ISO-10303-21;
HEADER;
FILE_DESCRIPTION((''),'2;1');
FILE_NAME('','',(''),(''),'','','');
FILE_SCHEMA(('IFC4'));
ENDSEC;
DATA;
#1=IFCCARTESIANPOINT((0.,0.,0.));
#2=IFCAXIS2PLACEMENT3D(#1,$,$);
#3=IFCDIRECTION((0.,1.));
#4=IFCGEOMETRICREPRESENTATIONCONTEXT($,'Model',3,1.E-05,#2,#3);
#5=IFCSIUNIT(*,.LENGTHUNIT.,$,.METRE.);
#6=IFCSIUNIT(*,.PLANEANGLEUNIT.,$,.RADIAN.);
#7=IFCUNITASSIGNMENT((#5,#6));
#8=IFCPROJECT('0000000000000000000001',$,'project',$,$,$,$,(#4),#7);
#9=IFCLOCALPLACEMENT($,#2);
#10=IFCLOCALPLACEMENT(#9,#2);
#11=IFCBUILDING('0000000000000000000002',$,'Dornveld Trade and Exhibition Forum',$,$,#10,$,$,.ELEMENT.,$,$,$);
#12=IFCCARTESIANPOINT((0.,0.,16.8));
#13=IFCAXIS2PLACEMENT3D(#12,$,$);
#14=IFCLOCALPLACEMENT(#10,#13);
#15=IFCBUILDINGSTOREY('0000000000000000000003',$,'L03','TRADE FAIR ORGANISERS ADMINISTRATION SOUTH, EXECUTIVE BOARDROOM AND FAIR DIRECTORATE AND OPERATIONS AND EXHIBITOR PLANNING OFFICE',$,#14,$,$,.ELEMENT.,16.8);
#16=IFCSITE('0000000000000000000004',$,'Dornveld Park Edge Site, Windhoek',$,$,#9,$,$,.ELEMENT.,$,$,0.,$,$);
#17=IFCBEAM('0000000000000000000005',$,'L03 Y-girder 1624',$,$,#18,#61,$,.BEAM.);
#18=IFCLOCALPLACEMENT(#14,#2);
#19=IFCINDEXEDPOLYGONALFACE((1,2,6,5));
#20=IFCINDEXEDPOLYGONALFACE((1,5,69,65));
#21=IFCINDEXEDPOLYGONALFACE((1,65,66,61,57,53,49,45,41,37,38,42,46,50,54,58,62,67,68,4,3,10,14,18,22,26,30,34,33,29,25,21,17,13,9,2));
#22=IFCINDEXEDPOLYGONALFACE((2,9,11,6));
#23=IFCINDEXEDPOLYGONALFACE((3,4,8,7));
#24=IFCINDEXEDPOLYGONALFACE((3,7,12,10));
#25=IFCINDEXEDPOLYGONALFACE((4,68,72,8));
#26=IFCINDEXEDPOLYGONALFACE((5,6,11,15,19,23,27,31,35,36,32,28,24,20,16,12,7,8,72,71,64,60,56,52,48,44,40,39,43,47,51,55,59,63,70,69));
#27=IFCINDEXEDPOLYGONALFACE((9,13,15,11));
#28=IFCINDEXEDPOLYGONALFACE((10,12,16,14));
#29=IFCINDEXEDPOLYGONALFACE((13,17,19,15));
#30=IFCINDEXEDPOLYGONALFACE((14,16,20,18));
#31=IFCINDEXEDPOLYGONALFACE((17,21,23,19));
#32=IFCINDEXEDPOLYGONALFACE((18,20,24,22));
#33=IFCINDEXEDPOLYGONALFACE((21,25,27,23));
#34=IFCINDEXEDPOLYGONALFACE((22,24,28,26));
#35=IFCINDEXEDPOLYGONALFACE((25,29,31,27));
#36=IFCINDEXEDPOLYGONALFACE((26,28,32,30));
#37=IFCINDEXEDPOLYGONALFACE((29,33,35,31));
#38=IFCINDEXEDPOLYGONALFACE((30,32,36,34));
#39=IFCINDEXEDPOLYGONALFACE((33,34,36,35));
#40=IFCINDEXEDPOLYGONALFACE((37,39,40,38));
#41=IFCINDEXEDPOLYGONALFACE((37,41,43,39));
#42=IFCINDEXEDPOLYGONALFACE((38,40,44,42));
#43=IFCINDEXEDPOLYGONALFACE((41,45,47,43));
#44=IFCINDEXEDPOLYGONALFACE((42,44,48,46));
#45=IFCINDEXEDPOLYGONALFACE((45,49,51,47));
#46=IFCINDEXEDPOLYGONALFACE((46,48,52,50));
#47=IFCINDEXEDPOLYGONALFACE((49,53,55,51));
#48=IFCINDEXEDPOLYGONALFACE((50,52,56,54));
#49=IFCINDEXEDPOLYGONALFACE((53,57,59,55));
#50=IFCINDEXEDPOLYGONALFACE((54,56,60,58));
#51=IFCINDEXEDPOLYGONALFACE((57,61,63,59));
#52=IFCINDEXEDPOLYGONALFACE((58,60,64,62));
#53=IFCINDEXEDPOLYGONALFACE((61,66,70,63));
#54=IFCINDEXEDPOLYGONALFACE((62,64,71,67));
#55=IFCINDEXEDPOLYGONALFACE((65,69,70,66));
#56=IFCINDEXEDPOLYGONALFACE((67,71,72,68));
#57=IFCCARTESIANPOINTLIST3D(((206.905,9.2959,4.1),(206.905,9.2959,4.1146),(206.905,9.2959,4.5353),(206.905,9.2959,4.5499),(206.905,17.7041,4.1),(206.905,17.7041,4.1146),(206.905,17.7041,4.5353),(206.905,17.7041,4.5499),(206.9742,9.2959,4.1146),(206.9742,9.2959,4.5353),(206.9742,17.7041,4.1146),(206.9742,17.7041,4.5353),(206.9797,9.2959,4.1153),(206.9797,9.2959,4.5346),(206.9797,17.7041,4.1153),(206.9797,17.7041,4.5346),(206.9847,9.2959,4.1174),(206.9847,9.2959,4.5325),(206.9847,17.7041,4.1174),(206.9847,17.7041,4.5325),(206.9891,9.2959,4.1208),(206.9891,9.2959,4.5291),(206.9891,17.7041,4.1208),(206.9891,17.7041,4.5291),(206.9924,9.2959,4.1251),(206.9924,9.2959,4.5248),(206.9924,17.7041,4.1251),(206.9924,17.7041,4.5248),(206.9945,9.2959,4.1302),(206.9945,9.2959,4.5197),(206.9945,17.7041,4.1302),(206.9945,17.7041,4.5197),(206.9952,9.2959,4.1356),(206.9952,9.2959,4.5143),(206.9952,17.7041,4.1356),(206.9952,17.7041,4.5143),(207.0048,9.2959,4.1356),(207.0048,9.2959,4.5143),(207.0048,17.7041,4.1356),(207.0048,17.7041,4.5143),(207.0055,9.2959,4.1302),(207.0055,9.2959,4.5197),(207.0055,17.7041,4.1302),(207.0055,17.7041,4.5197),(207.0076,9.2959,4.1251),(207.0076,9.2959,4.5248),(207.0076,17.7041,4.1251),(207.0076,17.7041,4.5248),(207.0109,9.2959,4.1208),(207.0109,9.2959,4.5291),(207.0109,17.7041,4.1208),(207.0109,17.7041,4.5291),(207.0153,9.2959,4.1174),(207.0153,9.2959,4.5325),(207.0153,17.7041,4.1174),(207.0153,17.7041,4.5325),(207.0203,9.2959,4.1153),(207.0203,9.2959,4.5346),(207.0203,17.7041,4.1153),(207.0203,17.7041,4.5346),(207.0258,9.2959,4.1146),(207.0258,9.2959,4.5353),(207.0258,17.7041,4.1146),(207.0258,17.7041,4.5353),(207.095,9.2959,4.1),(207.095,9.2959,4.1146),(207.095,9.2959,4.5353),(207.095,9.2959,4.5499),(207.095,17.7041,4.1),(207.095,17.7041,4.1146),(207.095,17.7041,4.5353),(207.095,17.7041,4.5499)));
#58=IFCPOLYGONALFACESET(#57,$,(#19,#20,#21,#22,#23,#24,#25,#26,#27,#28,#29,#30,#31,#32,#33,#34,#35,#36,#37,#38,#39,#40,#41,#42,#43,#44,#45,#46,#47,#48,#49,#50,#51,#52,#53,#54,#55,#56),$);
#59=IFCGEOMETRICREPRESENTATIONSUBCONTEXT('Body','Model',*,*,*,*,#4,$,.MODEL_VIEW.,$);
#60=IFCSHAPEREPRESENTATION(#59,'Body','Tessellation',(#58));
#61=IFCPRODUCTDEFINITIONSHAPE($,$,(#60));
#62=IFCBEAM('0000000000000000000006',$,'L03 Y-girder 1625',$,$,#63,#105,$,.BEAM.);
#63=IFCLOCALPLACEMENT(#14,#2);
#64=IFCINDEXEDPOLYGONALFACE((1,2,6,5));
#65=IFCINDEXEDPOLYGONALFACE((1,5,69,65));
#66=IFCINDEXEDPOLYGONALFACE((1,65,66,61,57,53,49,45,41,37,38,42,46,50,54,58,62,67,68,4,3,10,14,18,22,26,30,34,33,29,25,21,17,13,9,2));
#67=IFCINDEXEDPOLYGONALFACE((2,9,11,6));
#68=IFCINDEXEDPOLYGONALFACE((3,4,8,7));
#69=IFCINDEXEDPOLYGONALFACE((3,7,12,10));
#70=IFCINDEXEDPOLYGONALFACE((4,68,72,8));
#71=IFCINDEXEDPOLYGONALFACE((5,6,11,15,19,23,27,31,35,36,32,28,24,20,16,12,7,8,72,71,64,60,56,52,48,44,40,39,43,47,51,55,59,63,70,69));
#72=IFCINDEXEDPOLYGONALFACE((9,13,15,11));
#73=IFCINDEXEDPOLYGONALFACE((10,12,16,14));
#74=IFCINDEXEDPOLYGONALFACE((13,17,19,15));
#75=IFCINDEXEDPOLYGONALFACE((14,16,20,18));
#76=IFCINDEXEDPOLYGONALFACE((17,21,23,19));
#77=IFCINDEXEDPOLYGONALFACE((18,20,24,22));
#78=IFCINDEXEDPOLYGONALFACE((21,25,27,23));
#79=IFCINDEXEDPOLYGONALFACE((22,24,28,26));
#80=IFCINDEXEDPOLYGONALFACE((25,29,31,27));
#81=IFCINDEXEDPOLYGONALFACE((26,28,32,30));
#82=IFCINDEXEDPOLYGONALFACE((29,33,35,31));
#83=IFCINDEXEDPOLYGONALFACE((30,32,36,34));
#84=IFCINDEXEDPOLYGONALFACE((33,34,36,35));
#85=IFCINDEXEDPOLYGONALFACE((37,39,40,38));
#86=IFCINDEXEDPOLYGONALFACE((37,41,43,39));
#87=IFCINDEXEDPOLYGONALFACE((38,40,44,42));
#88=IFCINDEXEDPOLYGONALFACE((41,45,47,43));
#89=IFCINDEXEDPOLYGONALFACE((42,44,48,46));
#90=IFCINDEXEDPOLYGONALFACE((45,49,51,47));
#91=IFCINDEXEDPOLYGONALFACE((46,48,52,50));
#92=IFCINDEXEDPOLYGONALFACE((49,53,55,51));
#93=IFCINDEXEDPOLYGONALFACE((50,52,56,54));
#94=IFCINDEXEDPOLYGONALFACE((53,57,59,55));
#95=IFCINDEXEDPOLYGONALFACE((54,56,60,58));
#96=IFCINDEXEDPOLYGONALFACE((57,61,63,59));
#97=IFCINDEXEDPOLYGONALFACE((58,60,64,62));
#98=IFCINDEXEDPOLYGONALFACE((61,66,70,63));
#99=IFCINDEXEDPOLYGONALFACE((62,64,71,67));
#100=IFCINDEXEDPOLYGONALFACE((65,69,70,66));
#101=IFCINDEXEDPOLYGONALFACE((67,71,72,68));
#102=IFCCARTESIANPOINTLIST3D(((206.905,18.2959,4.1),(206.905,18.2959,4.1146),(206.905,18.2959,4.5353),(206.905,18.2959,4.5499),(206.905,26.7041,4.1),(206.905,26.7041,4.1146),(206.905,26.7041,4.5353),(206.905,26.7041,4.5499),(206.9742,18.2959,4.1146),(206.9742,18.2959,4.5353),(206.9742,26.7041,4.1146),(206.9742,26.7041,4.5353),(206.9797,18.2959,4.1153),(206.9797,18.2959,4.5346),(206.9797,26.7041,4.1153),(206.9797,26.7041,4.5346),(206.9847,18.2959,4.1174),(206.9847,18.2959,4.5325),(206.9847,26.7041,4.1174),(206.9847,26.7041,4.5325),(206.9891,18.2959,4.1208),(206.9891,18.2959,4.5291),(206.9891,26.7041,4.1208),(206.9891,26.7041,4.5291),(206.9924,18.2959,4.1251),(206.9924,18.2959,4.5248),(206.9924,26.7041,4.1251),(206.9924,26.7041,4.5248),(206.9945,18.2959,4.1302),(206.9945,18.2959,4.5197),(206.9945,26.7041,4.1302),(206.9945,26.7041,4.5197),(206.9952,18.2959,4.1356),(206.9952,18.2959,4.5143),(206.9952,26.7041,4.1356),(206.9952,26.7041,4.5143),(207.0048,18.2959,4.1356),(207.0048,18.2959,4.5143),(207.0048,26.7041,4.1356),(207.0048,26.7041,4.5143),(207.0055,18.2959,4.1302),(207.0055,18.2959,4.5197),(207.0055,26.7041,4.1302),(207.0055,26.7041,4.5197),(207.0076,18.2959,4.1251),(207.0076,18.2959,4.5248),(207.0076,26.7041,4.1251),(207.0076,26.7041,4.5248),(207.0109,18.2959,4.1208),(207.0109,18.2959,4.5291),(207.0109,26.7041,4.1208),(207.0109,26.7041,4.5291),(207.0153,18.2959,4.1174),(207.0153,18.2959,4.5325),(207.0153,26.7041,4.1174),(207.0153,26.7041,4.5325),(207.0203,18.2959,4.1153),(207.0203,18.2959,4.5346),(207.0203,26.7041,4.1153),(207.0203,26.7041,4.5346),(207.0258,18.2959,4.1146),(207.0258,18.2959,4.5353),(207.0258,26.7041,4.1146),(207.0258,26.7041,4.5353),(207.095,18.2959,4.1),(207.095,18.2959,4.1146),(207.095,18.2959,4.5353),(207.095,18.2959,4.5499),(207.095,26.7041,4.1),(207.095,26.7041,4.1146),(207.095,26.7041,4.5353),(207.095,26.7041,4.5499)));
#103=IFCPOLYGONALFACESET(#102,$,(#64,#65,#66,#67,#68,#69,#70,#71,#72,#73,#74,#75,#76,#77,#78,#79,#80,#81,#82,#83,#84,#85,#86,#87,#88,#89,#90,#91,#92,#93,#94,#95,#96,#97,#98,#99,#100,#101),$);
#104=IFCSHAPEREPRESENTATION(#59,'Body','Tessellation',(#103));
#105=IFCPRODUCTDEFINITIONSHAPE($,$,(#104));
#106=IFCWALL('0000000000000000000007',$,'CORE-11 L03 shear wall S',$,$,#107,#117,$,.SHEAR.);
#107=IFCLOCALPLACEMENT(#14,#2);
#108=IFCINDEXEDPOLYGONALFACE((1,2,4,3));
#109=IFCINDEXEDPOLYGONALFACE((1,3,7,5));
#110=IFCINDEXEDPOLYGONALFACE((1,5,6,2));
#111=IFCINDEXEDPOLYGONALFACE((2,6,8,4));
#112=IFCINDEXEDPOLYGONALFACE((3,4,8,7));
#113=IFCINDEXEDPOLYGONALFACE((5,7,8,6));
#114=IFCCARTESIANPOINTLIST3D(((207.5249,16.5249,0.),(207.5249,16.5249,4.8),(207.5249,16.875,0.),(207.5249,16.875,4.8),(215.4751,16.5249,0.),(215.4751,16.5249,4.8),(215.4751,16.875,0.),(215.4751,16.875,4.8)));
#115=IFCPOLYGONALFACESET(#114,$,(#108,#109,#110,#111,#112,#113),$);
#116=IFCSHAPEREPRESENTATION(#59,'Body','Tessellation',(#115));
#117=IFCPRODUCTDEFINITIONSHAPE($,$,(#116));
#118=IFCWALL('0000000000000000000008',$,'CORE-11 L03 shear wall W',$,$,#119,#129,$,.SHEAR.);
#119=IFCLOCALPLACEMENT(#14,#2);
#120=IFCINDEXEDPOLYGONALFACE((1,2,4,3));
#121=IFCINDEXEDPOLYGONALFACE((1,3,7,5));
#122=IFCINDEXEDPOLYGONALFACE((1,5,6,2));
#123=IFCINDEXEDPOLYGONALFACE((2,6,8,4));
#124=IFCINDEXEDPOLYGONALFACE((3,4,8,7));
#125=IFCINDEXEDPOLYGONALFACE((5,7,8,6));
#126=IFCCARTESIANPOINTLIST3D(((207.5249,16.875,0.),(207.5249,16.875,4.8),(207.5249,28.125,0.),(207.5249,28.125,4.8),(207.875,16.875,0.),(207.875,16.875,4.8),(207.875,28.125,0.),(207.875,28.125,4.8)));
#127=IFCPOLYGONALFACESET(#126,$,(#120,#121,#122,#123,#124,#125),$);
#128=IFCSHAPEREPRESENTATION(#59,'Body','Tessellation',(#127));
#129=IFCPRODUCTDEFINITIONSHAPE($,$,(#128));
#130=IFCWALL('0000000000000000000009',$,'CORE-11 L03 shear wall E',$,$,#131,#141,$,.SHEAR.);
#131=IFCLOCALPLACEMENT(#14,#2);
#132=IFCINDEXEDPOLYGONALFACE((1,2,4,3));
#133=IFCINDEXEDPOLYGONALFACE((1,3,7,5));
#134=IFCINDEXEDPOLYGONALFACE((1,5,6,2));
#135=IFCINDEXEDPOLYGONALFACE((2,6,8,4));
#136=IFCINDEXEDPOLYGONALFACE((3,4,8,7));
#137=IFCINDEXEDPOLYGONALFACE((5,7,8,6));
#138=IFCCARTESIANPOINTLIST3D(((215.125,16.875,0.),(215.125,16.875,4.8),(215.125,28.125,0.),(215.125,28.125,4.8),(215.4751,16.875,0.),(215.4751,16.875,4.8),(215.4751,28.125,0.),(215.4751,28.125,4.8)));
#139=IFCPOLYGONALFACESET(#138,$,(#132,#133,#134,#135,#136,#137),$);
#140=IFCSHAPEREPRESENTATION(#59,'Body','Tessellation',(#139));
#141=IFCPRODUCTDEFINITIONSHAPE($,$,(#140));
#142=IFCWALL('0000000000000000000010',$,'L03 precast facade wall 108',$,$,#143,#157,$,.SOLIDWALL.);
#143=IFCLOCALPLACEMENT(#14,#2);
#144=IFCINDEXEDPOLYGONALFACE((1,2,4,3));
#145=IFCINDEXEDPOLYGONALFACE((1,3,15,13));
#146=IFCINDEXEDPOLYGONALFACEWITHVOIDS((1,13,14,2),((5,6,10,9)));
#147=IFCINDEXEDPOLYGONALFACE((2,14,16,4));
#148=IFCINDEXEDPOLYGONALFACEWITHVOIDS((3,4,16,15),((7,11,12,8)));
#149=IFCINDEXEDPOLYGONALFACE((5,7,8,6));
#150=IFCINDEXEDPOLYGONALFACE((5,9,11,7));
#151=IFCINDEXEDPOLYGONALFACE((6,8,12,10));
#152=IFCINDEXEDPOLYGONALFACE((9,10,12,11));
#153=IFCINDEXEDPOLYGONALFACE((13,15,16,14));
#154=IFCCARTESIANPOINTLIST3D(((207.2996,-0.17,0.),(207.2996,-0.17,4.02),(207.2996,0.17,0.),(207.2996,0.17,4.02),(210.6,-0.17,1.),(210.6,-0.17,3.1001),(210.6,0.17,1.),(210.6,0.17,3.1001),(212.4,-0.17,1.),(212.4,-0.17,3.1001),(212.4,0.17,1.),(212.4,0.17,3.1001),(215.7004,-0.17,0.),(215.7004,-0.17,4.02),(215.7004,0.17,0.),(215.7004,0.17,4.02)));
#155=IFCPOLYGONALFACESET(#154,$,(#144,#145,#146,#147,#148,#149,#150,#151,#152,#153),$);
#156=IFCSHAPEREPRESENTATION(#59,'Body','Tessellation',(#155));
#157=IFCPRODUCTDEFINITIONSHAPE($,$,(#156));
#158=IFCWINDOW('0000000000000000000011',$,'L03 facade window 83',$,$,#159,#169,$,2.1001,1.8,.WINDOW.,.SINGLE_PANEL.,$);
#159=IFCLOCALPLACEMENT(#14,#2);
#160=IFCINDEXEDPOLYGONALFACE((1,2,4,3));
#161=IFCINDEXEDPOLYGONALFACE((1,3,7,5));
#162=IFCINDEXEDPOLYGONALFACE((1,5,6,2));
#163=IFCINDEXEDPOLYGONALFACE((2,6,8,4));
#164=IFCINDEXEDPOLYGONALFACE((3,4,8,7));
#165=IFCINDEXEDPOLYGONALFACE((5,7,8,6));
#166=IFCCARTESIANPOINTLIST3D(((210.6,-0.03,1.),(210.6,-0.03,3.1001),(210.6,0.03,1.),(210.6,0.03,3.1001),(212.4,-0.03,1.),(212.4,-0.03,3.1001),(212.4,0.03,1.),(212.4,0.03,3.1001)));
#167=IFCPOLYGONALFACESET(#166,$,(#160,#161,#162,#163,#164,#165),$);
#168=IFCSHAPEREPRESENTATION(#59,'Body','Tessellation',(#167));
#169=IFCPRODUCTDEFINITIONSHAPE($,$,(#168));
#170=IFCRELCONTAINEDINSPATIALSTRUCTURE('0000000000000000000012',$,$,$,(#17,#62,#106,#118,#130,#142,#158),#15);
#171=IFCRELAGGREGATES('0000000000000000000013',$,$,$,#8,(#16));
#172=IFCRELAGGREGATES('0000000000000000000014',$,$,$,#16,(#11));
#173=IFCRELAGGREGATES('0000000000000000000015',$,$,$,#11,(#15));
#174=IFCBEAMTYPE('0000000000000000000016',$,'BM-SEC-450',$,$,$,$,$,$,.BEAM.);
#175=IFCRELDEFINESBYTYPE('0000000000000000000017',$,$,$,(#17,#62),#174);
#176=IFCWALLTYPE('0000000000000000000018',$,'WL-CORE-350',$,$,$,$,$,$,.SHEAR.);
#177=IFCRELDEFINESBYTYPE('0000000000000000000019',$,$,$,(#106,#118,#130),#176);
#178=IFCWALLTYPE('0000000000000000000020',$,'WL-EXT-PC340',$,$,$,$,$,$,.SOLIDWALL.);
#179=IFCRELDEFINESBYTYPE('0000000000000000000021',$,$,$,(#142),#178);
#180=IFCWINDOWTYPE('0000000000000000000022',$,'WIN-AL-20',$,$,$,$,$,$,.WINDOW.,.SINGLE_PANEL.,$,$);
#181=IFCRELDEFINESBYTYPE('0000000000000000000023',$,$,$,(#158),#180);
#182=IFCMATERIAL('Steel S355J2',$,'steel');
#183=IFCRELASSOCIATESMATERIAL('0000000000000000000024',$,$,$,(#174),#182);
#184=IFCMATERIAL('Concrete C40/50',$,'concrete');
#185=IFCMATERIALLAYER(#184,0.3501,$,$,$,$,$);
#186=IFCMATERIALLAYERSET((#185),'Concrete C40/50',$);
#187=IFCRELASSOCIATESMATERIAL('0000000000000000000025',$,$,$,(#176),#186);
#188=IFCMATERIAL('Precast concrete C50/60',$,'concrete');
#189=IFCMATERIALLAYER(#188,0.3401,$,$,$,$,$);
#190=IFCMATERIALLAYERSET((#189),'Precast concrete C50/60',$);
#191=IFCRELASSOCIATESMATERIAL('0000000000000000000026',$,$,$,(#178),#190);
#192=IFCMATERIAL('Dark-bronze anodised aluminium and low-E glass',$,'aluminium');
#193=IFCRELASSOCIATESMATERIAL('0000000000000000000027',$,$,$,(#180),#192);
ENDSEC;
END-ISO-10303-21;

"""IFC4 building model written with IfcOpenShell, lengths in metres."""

from ifc_helpers import new_model, si_unit, direction, frame, frame_2d, origin, origin_2d, place, context, subcontext, project, spatial, rectangle, i_section, extrude, material, layer, layer_set, material_profile, profile_set, type_object, element, fill, save


model = new_model("IFC4")

# Units and contexts
model_context = context("Model", 3, precision=1e-05, world=origin(), true_north=direction((0.0, 1.0)))
body_context = subcontext(model_context, "Body", "Model", "MODEL_VIEW")
ifc_project = project(units=[si_unit("LENGTHUNIT", "METRE"), si_unit("PLANEANGLEUNIT", "RADIAN")], contexts=[model_context])

# Site, building, storey
site_placement = place(None, origin())
site = spatial("IfcSite", under=ifc_project, at=site_placement, Name="Dornveld Park Edge Site, Windhoek", CompositionType="ELEMENT", RefElevation=0.0)
building_placement = place(site_placement, origin())
building = spatial("IfcBuilding", under=site, at=building_placement, Name="Dornveld Trade and Exhibition Forum", CompositionType="ELEMENT")
storey_placement = place(building_placement, frame((0.0, 0.0, 16.8)))
storey = spatial("IfcBuildingStorey", under=building, at=storey_placement, Name="L03", Description="TRADE FAIR ORGANISERS ADMINISTRATION SOUTH, EXECUTIVE BOARDROOM AND FAIR DIRECTORATE AND OPERATIONS AND EXHIBITOR PLANNING OFFICE", CompositionType="ELEMENT", Elevation=16.8)

# Beams
ifc_material_1 = material(Name="Steel S355J2", Category="steel")
ifc_material_profile_1 = material_profile(ifc_material_1, i_section(OverallWidth=0.1899, OverallDepth=0.45, WebThickness=0.0095, FlangeThickness=0.0146, FilletRadius=0.021, at=origin_2d()), Name="IPE 450")
ifc_profile_set_1 = profile_set([ifc_material_profile_1], Name="Steel S355J2")
beam_type = type_object("IfcBeamType", Name="BM-SEC-450", PredefinedType="BEAM", material=ifc_profile_set_1)
for number, where, z_axis, x_axis, name in (
    (1, (207.0, 9.2959, 4.325), (0.0, 1.0, 0.0), (-1.0, 0.0, 0.0), "L03 Y-girder 1624"),
    (2, (207.0, 18.2959, 4.325), (0.0, 1.0, 0.0), (-1.0, 0.0, 0.0), "L03 Y-girder 1625"),
):
    element("IfcBeam", number, at=place(storey_placement, frame(where, z_axis=z_axis, x_axis=x_axis)), inside=storey, type_object=beam_type, Name=name, PredefinedType="BEAM", context=body_context, shape_type="SweptSolid", body=[
        extrude(i_section(OverallWidth=0.1899, OverallDepth=0.45, WebThickness=0.0095, FlangeThickness=0.0146, FilletRadius=0.021, at=origin_2d()), origin(), (0.0, 0.0, 1.0), 8.4082),
    ])

# Walls
ifc_material_2 = material(Name="Concrete C40/50", Category="concrete")
ifc_layer_1 = layer(ifc_material_2, 0.3501)
ifc_layer_set_1 = layer_set([ifc_layer_1], Name="Concrete C40/50")
wall_type_1 = type_object("IfcWallType", Name="WL-CORE-350", PredefinedType="SHEAR", material=ifc_layer_set_1)
wall_1_placement = place(storey_placement, frame((207.5249, 16.7, 0.0), z_axis=(0.0, 0.0, 1.0), x_axis=(1.0, 0.0, 0.0)))
element("IfcWall", 3, at=wall_1_placement, inside=storey, type_object=wall_type_1, Name="CORE-11 L03 shear wall S", PredefinedType="SHEAR", context=body_context, shape_type="SweptSolid", body=[
    extrude(rectangle(XDim=7.9502, YDim=0.3501, at=frame_2d((3.9751, 0.0))), origin(), (0.0, 0.0, 1.0), 4.8),
])
for number, where, z_axis, x_axis, name in (
    (4, (207.7, 16.875, 0.0), (0.0, 0.0, 1.0), (0.0, 1.0, 0.0), "CORE-11 L03 shear wall W"),
    (5, (215.3, 16.875, 0.0), (0.0, 0.0, 1.0), (0.0, 1.0, 0.0), "CORE-11 L03 shear wall E"),
):
    element("IfcWall", number, at=place(storey_placement, frame(where, z_axis=z_axis, x_axis=x_axis)), inside=storey, type_object=wall_type_1, Name=name, PredefinedType="SHEAR", context=body_context, shape_type="SweptSolid", body=[
        extrude(rectangle(XDim=11.25, YDim=0.3501, at=frame_2d((5.625, 0.0))), origin(), (0.0, 0.0, 1.0), 4.8),
    ])

# Wall, opening, window
ifc_material_3 = material(Name="Precast concrete C50/60", Category="concrete")
ifc_layer_2 = layer(ifc_material_3, 0.3401)
ifc_layer_set_2 = layer_set([ifc_layer_2], Name="Precast concrete C50/60")
wall_type_2 = type_object("IfcWallType", Name="WL-EXT-PC340", PredefinedType="SOLIDWALL", material=ifc_layer_set_2)
wall_2_placement = place(storey_placement, frame((207.2996, 0.0, 0.0), z_axis=(0.0, 0.0, 1.0), x_axis=(1.0, 0.0, 0.0)))
wall_2 = element("IfcWall", 6, at=wall_2_placement, inside=storey, type_object=wall_type_2, Name="L03 precast facade wall 108", PredefinedType="SOLIDWALL", context=body_context, shape_type="SweptSolid", body=[
    extrude(rectangle(XDim=8.4009, YDim=0.3401, at=frame_2d((4.2004, 0.0))), origin(), (0.0, 0.0, 1.0), 4.02),
])
opening_1_placement = place(wall_2_placement, frame((3.3005, 0.0, 1.0)))
opening_1 = element("IfcOpeningElement", 7, at=opening_1_placement, cuts=wall_2, PredefinedType="OPENING", context=body_context, shape_type="SweptSolid", body=[
    extrude(rectangle(XDim=1.8, YDim=2.1001, at=frame_2d((0.8999, 1.05))), frame((0.0, 0.1799, 0.0), z_axis=(0.0, -1.0, 0.0), x_axis=(1.0, 0.0, 0.0)), (0.0, 0.0, 1.0), 0.3601),
])
ifc_material_4 = material(Name="Dark-bronze anodised aluminium and low-E glass", Category="aluminium")
window_type = type_object("IfcWindowType", Name="WIN-AL-20", PartitioningType="SINGLE_PANEL", PredefinedType="WINDOW", material=ifc_material_4)
window_placement = place(opening_1_placement, origin())
window = element("IfcWindow", 8, at=window_placement, inside=storey, type_object=window_type, Name="L03 facade window 83", OverallHeight=2.1001, OverallWidth=1.8, PartitioningType="SINGLE_PANEL", PredefinedType="WINDOW", context=body_context, shape_type="SweptSolid", body=[
    extrude(rectangle(XDim=1.8, YDim=2.1001, at=frame_2d((0.8999, 1.05))), frame((0.0, 0.03, 0.0), z_axis=(0.0, -1.0, 0.0), x_axis=(1.0, 0.0, 0.0)), (0.0, 0.0, 1.0), 0.0601),
])
fill(opening_1, window)

save(model, "model.ifc")
